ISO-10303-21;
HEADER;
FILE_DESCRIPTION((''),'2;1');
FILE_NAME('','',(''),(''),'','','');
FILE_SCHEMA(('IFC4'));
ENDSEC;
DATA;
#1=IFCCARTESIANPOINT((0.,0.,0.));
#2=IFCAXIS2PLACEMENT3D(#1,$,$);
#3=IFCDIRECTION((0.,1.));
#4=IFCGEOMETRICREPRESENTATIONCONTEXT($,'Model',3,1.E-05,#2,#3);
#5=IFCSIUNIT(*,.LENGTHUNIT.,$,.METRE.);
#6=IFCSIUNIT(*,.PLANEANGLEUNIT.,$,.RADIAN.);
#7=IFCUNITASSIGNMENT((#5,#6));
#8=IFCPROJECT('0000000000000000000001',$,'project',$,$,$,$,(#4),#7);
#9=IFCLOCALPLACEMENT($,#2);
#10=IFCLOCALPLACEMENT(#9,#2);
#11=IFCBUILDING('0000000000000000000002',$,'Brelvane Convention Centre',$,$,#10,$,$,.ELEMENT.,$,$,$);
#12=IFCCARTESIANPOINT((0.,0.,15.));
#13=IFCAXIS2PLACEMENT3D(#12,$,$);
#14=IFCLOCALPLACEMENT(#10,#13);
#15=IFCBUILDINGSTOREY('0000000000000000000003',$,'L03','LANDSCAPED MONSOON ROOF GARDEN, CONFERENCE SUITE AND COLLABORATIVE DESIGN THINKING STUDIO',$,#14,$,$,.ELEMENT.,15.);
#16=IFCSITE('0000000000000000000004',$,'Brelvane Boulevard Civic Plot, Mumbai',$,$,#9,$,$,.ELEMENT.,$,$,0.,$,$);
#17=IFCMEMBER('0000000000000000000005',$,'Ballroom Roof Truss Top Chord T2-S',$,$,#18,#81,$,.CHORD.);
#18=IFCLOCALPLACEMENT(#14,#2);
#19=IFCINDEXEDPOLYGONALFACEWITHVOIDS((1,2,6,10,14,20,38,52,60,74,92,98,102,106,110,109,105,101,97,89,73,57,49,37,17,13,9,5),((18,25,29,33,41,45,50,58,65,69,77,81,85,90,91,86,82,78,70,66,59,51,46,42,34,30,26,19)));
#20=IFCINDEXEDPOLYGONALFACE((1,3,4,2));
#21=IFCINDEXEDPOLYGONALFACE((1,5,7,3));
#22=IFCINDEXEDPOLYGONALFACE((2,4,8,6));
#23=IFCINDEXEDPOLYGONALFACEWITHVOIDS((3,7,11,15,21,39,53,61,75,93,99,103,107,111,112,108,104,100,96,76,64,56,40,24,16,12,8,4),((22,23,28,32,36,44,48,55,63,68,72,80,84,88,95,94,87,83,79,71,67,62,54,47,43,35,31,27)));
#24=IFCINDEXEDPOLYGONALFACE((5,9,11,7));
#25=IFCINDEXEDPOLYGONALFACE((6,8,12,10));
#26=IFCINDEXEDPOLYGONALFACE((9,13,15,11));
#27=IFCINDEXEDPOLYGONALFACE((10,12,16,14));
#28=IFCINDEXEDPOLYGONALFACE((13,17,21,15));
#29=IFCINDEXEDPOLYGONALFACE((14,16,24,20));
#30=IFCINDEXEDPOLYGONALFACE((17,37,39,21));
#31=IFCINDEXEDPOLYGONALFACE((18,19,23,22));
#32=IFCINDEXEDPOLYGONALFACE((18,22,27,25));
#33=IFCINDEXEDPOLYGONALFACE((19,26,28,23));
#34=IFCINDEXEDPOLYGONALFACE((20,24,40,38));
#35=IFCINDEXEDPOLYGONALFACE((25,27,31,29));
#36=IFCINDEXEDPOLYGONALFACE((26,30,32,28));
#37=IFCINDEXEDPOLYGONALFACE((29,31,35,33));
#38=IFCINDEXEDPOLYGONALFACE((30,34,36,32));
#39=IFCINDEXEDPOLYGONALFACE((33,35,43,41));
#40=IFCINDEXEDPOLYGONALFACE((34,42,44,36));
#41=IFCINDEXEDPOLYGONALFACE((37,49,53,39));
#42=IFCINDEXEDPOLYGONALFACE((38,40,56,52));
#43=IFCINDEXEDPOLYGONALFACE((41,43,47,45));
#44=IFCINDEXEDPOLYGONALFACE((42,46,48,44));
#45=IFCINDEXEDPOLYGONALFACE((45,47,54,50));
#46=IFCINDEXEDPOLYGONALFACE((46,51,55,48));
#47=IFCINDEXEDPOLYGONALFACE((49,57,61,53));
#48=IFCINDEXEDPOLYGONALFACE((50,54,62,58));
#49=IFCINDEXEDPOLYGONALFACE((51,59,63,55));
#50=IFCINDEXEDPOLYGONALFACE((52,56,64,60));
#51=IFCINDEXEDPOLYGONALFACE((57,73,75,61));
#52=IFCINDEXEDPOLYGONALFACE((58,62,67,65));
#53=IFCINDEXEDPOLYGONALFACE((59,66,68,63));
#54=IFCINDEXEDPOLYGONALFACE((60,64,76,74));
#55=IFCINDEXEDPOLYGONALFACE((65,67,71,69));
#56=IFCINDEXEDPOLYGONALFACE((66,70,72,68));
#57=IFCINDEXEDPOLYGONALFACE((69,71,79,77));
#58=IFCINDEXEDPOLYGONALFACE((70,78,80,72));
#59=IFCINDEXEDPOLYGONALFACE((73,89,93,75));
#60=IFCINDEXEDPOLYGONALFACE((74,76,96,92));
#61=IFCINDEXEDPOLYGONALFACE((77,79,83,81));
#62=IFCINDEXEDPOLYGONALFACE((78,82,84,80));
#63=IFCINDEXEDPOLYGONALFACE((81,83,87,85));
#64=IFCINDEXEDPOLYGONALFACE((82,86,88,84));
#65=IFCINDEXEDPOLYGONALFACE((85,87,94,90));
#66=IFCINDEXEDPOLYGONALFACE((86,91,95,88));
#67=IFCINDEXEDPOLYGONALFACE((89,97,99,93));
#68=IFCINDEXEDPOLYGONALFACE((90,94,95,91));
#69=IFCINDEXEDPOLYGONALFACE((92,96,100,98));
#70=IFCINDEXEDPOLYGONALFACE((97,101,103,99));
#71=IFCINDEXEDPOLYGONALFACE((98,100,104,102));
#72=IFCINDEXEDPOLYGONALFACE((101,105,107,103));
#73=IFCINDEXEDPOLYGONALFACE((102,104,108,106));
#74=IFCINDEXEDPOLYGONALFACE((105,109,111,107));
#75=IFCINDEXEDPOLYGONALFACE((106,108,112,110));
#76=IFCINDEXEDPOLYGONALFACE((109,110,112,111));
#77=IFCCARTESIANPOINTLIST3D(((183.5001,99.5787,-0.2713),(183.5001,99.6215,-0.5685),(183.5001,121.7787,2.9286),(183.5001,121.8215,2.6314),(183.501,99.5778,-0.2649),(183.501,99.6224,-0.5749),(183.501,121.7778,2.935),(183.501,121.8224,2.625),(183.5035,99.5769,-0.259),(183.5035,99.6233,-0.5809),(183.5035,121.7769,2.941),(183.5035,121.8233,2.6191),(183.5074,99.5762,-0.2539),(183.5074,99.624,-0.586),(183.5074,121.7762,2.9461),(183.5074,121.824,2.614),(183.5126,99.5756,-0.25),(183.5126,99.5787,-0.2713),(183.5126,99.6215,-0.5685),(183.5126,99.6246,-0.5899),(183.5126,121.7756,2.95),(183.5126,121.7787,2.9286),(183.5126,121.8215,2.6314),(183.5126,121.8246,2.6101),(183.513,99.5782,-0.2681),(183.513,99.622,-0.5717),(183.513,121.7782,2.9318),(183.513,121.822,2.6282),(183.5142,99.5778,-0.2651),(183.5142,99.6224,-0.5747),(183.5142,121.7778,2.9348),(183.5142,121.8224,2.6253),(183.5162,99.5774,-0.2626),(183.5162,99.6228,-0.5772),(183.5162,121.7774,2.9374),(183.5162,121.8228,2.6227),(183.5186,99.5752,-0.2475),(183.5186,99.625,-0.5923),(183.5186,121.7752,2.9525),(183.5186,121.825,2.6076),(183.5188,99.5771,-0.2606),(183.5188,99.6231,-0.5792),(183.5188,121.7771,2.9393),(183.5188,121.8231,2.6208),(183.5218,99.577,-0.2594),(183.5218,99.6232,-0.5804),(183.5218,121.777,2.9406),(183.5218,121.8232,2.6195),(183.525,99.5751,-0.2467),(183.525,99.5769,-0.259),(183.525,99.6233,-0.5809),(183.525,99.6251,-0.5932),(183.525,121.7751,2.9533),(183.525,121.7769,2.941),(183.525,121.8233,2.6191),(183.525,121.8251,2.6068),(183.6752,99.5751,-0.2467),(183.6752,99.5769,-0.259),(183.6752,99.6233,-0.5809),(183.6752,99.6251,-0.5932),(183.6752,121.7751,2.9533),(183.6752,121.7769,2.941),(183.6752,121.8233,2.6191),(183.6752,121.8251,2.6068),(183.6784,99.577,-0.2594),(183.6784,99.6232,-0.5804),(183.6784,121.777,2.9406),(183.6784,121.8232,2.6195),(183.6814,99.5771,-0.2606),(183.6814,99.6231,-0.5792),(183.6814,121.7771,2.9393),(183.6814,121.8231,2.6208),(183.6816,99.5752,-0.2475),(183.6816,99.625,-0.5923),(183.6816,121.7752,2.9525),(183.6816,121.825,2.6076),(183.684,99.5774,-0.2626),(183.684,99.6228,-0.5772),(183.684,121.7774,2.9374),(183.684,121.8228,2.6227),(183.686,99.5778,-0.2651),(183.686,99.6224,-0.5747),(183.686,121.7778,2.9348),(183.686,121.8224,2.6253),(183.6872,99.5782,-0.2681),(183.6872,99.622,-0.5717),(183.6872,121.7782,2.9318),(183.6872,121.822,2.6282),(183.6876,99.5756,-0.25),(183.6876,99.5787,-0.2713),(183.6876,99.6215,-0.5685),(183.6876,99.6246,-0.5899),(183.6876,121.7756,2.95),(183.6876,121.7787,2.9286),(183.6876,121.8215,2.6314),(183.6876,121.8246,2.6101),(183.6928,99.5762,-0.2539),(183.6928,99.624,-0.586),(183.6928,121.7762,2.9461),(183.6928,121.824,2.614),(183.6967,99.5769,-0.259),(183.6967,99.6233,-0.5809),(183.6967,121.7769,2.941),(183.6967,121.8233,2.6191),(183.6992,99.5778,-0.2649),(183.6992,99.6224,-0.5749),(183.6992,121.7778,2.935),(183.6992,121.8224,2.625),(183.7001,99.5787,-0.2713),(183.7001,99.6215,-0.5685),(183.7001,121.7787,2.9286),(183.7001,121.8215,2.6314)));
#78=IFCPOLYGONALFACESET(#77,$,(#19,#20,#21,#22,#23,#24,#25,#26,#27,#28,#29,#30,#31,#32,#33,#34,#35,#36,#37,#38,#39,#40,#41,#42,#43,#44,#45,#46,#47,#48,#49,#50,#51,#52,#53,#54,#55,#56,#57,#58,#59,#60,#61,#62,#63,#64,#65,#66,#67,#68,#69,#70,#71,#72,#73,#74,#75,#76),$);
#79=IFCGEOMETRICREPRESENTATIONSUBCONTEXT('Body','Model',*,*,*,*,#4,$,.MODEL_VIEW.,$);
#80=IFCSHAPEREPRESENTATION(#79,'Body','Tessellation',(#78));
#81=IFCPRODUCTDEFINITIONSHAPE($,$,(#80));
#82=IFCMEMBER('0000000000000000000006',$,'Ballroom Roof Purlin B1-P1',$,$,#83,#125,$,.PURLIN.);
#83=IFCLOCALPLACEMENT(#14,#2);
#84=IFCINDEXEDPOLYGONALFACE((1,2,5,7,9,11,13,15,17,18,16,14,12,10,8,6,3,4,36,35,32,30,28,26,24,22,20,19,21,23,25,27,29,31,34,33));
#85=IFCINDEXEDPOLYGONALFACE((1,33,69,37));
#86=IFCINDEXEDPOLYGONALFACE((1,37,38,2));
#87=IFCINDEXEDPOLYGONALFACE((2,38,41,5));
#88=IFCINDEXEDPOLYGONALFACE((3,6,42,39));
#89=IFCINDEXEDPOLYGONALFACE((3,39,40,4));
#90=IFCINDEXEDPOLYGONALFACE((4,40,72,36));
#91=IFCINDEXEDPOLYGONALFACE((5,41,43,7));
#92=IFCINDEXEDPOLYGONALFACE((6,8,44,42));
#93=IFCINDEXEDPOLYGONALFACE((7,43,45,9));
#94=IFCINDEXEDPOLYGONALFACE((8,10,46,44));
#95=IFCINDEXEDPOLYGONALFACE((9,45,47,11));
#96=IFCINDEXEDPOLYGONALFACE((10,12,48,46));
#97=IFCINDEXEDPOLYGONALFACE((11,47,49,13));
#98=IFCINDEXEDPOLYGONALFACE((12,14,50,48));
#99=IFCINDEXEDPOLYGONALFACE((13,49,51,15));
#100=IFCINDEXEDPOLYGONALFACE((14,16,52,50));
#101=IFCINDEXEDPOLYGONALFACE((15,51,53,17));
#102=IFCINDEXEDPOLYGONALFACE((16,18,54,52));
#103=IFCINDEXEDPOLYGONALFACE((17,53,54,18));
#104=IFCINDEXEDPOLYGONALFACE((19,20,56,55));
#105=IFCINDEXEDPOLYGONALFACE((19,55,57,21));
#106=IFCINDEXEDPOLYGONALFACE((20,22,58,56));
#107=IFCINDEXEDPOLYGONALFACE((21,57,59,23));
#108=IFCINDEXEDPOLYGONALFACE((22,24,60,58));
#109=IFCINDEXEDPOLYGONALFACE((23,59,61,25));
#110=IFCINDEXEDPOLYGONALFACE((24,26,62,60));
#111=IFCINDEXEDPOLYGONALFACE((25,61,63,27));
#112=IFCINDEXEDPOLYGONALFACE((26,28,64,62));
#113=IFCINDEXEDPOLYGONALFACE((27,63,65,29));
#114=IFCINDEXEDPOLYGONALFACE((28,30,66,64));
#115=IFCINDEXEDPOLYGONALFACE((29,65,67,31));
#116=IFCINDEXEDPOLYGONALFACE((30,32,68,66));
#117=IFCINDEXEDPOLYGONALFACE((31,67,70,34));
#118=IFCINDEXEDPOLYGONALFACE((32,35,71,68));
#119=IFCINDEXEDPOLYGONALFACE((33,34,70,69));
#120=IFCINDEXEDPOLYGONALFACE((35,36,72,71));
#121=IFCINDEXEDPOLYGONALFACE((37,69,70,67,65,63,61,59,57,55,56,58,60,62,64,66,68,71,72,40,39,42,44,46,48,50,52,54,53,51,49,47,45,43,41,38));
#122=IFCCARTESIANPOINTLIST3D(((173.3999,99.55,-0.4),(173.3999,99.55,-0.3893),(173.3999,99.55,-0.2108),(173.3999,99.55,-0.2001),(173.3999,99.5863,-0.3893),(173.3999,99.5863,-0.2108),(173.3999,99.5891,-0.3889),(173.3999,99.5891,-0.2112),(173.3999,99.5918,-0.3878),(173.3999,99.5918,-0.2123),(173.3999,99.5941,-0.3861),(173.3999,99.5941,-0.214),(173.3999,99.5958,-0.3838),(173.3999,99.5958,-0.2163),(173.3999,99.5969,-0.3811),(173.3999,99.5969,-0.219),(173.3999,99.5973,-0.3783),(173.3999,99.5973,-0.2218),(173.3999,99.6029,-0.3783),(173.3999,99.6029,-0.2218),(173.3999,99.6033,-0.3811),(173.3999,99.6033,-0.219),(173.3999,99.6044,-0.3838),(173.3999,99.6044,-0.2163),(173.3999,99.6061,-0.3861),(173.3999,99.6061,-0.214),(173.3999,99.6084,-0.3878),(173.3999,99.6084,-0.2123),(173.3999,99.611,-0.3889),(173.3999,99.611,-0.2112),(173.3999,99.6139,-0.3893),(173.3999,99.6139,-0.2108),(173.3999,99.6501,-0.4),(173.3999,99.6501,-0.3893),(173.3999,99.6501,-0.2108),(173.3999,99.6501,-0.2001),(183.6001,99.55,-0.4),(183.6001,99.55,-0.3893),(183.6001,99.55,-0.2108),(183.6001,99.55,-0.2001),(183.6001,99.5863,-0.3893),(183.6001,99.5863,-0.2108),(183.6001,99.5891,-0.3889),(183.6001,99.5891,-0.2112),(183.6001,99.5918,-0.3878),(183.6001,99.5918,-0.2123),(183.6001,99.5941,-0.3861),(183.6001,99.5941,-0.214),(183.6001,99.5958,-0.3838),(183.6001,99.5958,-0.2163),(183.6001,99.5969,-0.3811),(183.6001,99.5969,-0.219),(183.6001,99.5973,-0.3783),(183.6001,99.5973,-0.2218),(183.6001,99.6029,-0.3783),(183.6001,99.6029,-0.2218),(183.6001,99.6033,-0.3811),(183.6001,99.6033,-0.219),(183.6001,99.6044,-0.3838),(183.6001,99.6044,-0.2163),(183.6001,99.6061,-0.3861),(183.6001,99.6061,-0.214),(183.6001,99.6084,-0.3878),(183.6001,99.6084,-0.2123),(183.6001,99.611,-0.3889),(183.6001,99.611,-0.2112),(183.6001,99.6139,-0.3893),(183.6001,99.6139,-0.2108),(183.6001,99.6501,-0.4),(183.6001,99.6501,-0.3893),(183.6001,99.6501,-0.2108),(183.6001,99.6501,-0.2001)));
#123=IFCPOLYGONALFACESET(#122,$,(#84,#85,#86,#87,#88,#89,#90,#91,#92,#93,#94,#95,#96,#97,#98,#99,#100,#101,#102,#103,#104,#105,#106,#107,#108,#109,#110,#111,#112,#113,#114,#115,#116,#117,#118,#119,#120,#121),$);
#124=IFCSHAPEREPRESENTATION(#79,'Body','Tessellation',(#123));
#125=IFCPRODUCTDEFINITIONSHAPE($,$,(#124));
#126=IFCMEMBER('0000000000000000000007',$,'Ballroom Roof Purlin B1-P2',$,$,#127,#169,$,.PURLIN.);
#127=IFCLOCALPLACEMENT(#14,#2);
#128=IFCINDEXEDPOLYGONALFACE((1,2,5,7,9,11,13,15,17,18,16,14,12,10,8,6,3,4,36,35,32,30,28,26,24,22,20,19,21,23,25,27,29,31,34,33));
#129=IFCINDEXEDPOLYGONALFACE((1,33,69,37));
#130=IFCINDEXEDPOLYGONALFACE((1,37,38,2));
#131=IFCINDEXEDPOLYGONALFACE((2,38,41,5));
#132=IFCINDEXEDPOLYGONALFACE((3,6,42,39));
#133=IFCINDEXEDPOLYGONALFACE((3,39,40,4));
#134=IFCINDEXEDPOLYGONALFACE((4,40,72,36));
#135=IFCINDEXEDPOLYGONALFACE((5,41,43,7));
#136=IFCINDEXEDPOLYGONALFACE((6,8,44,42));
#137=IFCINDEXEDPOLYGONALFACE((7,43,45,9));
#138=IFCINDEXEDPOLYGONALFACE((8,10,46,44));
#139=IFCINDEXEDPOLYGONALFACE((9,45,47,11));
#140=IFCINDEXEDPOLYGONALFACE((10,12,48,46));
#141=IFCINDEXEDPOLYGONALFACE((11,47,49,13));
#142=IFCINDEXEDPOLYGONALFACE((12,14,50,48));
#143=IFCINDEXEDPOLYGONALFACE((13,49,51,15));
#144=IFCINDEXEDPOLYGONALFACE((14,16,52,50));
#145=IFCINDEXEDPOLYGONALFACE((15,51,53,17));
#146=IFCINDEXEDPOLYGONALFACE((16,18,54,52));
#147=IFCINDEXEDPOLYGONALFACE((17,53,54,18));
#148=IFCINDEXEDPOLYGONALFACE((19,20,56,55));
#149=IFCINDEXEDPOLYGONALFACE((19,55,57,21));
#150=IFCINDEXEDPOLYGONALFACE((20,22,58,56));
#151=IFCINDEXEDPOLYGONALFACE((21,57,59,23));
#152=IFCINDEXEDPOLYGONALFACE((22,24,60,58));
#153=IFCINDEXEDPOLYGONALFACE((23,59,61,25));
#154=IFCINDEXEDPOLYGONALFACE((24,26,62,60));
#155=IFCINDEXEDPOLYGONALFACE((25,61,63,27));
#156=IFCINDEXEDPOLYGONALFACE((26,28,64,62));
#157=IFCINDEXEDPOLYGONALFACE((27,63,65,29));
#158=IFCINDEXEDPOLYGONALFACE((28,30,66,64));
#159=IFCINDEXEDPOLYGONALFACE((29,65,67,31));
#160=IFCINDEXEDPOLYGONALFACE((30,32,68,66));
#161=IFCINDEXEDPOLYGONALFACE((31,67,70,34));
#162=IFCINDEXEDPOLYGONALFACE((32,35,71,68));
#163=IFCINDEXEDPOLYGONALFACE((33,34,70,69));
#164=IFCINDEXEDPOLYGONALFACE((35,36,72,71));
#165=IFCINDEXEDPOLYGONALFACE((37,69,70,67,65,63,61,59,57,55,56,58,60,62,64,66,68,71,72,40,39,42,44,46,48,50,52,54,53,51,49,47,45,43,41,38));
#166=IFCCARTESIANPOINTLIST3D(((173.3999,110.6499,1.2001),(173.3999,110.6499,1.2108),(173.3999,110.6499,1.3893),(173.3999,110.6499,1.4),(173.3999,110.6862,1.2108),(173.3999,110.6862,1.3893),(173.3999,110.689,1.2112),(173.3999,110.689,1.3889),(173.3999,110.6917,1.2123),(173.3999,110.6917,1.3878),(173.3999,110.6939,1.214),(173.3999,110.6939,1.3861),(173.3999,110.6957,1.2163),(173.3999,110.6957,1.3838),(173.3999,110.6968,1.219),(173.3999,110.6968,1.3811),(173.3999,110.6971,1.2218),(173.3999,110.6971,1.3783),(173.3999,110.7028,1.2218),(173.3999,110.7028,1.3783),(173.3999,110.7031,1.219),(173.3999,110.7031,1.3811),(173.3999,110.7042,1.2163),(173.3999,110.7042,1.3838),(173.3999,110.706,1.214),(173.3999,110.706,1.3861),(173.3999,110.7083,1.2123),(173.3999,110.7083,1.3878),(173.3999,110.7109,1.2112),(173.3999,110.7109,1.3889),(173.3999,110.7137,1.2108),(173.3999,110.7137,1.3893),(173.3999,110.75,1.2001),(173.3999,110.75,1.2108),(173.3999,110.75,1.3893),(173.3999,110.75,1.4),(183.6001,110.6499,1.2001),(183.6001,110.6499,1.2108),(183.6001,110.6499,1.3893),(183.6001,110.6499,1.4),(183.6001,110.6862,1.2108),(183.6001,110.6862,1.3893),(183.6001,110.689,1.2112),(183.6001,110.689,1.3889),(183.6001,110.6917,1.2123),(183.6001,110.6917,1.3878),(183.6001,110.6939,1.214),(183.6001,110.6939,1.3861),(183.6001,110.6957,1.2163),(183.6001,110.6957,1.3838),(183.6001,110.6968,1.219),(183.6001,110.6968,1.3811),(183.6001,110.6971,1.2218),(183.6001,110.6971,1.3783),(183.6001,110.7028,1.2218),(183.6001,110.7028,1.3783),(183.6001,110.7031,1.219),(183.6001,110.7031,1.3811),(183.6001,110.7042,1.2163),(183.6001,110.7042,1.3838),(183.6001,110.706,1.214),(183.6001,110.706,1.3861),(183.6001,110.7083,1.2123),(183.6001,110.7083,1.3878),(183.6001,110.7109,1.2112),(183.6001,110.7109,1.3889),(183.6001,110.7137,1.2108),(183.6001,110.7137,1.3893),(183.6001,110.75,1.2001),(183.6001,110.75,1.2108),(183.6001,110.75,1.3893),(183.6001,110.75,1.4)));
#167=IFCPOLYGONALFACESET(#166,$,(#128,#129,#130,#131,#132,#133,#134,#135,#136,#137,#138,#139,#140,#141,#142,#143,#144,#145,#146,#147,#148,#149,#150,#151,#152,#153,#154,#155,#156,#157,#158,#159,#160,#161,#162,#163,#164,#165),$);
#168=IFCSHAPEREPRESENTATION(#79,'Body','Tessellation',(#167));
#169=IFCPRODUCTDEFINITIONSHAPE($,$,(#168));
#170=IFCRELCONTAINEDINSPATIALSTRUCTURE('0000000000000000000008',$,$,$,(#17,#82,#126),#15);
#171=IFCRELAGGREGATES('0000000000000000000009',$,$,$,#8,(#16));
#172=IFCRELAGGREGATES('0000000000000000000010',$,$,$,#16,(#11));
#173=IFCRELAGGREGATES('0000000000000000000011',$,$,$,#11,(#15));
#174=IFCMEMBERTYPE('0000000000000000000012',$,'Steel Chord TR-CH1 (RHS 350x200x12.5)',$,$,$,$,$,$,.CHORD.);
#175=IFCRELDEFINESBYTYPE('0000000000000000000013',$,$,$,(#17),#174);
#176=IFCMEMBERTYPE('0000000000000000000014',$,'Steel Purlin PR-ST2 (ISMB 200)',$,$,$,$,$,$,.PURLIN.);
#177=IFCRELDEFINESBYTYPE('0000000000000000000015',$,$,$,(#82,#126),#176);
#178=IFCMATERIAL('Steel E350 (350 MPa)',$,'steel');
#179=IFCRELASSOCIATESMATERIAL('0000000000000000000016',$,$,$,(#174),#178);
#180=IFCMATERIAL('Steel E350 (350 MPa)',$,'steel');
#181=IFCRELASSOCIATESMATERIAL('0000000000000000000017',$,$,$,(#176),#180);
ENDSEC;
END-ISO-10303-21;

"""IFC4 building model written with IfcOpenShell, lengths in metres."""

from ifc_helpers import new_model, si_unit, direction, frame, origin, origin_2d, place, context, subcontext, project, spatial, hollow_rectangle, i_section, extrude, material, material_profile, profile_set, type_object, element, save


model = new_model("IFC4")

# Units and contexts
model_context = context("Model", 3, precision=1e-05, world=origin(), true_north=direction((0.0, 1.0)))
body_context = subcontext(model_context, "Body", "Model", "MODEL_VIEW")
ifc_project = project(units=[si_unit("LENGTHUNIT", "METRE"), si_unit("PLANEANGLEUNIT", "RADIAN")], contexts=[model_context])

# Site, building, storey
site_placement = place(None, origin())
site = spatial("IfcSite", under=ifc_project, at=site_placement, Name="Brelvane Boulevard Civic Plot, Mumbai", CompositionType="ELEMENT", RefElevation=0.0)
building_placement = place(site_placement, origin())
building = spatial("IfcBuilding", under=site, at=building_placement, Name="Brelvane Convention Centre", CompositionType="ELEMENT")
storey_placement = place(building_placement, frame((0.0, 0.0, 15.0)))
storey = spatial("IfcBuildingStorey", under=building, at=storey_placement, Name="L03", Description="LANDSCAPED MONSOON ROOF GARDEN, CONFERENCE SUITE AND COLLABORATIVE DESIGN THINKING STUDIO", CompositionType="ELEMENT", Elevation=15.0)

# Members
ifc_material_1 = material(Name="Steel E350 (350 MPa)", Category="steel")
ifc_material_profile_1 = material_profile(ifc_material_1, hollow_rectangle(XDim=0.2, YDim=0.3501, WallThickness=0.0125, InnerFilletRadius=0.0125, OuterFilletRadius=0.0249, at=origin_2d()), Name="RHS 350x200x12.5")
ifc_profile_set_1 = profile_set([ifc_material_profile_1], Name="Steel E350 (350 MPa)")
member_type_1 = type_object("IfcMemberType", Name="Steel Chord TR-CH1 (RHS 350x200x12.5)", PredefinedType="CHORD", material=ifc_profile_set_1)
member_1_placement = place(storey_placement, frame((183.6001, 99.6001, -0.4199), z_axis=(0.0, 0.989771, 0.142668), x_axis=(-1.0, 0.0, 0.0)))
element("IfcMember", 1, at=member_1_placement, inside=storey, type_object=member_type_1, Name="Ballroom Roof Truss Top Chord T2-S", PredefinedType="CHORD", context=body_context, shape_type="SweptSolid", body=[
    extrude(hollow_rectangle(XDim=0.2, YDim=0.3501, WallThickness=0.0125, InnerFilletRadius=0.0125, OuterFilletRadius=0.0249, at=origin_2d()), origin(), (0.0, 0.0, 1.0), 22.4294),
])
ifc_material_2 = material(Name="Steel E350 (350 MPa)", Category="steel")
ifc_material_profile_2 = material_profile(ifc_material_2, i_section(OverallWidth=0.1001, OverallDepth=0.2, WebThickness=0.0056, FlangeThickness=0.0107, FilletRadius=0.011, at=origin_2d()), Name="ISMB 200")
ifc_profile_set_2 = profile_set([ifc_material_profile_2], Name="Steel E350 (350 MPa)")
member_type_2 = type_object("IfcMemberType", Name="Steel Purlin PR-ST2 (ISMB 200)", PredefinedType="PURLIN", material=ifc_profile_set_2)
for number, where, z_axis, x_axis, name in (
    (2, (173.3999, 99.6001, -0.3), (1.0, 0.0, 0.0), (0.0, 1.0, 0.0), "Ballroom Roof Purlin B1-P1"),
    (3, (173.3999, 110.7, 1.3), (1.0, 0.0, 0.0), (0.0, 1.0, 0.0), "Ballroom Roof Purlin B1-P2"),
):
    element("IfcMember", number, at=place(storey_placement, frame(where, z_axis=z_axis, x_axis=x_axis)), inside=storey, type_object=member_type_2, Name=name, PredefinedType="PURLIN", context=body_context, shape_type="SweptSolid", body=[
        extrude(i_section(OverallWidth=0.1001, OverallDepth=0.2, WebThickness=0.0056, FlangeThickness=0.0107, FilletRadius=0.011, at=origin_2d()), origin(), (0.0, 0.0, 1.0), 10.2002),
    ])

save(model, "model.ifc")
